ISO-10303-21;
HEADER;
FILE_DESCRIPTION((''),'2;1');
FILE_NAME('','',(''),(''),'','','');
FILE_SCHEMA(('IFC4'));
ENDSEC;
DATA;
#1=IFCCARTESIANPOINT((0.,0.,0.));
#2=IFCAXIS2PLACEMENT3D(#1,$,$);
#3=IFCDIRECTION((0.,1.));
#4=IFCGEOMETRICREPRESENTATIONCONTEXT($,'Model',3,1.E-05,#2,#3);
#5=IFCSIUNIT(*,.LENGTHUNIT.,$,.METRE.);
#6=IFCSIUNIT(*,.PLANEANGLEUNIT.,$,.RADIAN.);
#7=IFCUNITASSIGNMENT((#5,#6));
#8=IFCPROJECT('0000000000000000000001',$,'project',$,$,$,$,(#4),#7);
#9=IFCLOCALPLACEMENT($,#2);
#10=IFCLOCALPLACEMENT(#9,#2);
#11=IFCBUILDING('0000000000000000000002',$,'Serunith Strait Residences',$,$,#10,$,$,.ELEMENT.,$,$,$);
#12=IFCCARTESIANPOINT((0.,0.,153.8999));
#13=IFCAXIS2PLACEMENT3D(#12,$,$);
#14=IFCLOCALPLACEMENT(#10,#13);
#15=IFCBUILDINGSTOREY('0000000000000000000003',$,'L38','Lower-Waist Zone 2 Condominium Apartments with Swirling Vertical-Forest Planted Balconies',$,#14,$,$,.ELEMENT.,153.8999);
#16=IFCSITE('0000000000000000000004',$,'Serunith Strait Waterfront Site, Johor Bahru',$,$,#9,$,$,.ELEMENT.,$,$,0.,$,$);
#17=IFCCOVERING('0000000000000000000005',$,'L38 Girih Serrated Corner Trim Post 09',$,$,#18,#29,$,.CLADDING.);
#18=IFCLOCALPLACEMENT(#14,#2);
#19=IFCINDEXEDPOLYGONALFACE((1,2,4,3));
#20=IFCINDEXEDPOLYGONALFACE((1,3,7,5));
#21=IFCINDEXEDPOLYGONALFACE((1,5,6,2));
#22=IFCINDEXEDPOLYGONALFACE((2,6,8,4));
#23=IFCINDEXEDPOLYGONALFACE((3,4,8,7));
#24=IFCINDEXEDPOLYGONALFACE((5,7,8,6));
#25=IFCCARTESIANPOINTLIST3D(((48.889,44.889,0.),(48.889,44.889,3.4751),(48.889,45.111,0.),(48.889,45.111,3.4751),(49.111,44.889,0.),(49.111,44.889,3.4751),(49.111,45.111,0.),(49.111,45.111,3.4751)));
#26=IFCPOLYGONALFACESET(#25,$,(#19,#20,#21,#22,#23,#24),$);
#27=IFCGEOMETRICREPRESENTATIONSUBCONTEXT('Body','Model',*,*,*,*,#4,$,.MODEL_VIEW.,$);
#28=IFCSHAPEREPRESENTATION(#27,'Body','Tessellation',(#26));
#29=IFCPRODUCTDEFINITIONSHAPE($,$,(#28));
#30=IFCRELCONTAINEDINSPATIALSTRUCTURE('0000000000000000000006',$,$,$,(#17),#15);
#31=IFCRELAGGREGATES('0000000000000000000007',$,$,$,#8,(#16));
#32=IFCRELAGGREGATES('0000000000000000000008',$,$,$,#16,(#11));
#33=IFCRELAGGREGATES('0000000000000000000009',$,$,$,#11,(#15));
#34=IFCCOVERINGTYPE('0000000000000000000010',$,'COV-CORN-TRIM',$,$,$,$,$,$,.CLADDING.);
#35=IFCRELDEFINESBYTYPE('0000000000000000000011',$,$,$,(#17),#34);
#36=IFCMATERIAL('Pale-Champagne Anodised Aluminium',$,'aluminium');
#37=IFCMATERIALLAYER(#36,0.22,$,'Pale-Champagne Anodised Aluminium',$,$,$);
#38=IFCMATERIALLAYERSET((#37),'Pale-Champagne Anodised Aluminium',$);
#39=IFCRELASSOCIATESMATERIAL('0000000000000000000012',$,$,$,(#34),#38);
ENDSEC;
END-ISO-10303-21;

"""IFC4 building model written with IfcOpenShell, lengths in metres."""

from ifc_helpers import new_model, si_unit, direction, frame, origin, origin_2d, place, context, subcontext, project, spatial, rectangle, extrude, source, transform, mapped, material, layer, layer_set, type_object, element, save


model = new_model("IFC4")

# Units and contexts
model_context = context("Model", 3, precision=1e-05, world=origin(), true_north=direction((0.0, 1.0)))
body_context = subcontext(model_context, "Body", "Model", "MODEL_VIEW")
ifc_project = project(units=[si_unit("LENGTHUNIT", "METRE"), si_unit("PLANEANGLEUNIT", "RADIAN")], contexts=[model_context])

# Site, building, storey
site_placement = place(None, origin())
site = spatial("IfcSite", under=ifc_project, at=site_placement, Name="Serunith Strait Waterfront Site, Johor Bahru", CompositionType="ELEMENT", RefElevation=0.0)
building_placement = place(site_placement, origin())
building = spatial("IfcBuilding", under=site, at=building_placement, Name="Serunith Strait Residences", CompositionType="ELEMENT")
storey_placement = place(building_placement, frame((0.0, 0.0, 153.8999)))
storey = spatial("IfcBuildingStorey", under=building, at=storey_placement, Name="L38", Description="Lower-Waist Zone 2 Condominium Apartments with Swirling Vertical-Forest Planted Balconies", CompositionType="ELEMENT", Elevation=153.8999)

# Shared definitions
ifc_material_1 = material(Name="Pale-Champagne Anodised Aluminium", Category="aluminium")

# Covering
ifc_layer_1 = layer(ifc_material_1, 0.22, Name="Pale-Champagne Anodised Aluminium")
ifc_layer_set_1 = layer_set([ifc_layer_1], Name="Pale-Champagne Anodised Aluminium")
covering_type = type_object("IfcCoveringType", Name="COV-CORN-TRIM", PredefinedType="CLADDING", material=ifc_layer_set_1)
shared_shape_1 = source(origin(), body_context, "Body", "SweptSolid", [
    extrude(rectangle(XDim=0.2219, YDim=0.2219, at=origin_2d()), origin(), (0.0, 0.0, 1.0), 3.4751),
])
for number, where, z_axis, x_axis, name in (
    (1, (49.0, 45.0, 0.0), (0.0, 0.0, 1.0), (1.0, 0.0, 0.0), "L38 Girih Serrated Corner Trim Post 09"),
):
    element("IfcCovering", number, at=place(storey_placement, frame(where, z_axis=z_axis, x_axis=x_axis)), inside=storey, type_object=covering_type, Name=name, PredefinedType="CLADDING", context=body_context, shape_type="MappedRepresentation", body=[
        mapped(shared_shape_1, transform((0.0, 0.0, 0.0), scale=1.0)),
    ])

save(model, "model.ifc")
